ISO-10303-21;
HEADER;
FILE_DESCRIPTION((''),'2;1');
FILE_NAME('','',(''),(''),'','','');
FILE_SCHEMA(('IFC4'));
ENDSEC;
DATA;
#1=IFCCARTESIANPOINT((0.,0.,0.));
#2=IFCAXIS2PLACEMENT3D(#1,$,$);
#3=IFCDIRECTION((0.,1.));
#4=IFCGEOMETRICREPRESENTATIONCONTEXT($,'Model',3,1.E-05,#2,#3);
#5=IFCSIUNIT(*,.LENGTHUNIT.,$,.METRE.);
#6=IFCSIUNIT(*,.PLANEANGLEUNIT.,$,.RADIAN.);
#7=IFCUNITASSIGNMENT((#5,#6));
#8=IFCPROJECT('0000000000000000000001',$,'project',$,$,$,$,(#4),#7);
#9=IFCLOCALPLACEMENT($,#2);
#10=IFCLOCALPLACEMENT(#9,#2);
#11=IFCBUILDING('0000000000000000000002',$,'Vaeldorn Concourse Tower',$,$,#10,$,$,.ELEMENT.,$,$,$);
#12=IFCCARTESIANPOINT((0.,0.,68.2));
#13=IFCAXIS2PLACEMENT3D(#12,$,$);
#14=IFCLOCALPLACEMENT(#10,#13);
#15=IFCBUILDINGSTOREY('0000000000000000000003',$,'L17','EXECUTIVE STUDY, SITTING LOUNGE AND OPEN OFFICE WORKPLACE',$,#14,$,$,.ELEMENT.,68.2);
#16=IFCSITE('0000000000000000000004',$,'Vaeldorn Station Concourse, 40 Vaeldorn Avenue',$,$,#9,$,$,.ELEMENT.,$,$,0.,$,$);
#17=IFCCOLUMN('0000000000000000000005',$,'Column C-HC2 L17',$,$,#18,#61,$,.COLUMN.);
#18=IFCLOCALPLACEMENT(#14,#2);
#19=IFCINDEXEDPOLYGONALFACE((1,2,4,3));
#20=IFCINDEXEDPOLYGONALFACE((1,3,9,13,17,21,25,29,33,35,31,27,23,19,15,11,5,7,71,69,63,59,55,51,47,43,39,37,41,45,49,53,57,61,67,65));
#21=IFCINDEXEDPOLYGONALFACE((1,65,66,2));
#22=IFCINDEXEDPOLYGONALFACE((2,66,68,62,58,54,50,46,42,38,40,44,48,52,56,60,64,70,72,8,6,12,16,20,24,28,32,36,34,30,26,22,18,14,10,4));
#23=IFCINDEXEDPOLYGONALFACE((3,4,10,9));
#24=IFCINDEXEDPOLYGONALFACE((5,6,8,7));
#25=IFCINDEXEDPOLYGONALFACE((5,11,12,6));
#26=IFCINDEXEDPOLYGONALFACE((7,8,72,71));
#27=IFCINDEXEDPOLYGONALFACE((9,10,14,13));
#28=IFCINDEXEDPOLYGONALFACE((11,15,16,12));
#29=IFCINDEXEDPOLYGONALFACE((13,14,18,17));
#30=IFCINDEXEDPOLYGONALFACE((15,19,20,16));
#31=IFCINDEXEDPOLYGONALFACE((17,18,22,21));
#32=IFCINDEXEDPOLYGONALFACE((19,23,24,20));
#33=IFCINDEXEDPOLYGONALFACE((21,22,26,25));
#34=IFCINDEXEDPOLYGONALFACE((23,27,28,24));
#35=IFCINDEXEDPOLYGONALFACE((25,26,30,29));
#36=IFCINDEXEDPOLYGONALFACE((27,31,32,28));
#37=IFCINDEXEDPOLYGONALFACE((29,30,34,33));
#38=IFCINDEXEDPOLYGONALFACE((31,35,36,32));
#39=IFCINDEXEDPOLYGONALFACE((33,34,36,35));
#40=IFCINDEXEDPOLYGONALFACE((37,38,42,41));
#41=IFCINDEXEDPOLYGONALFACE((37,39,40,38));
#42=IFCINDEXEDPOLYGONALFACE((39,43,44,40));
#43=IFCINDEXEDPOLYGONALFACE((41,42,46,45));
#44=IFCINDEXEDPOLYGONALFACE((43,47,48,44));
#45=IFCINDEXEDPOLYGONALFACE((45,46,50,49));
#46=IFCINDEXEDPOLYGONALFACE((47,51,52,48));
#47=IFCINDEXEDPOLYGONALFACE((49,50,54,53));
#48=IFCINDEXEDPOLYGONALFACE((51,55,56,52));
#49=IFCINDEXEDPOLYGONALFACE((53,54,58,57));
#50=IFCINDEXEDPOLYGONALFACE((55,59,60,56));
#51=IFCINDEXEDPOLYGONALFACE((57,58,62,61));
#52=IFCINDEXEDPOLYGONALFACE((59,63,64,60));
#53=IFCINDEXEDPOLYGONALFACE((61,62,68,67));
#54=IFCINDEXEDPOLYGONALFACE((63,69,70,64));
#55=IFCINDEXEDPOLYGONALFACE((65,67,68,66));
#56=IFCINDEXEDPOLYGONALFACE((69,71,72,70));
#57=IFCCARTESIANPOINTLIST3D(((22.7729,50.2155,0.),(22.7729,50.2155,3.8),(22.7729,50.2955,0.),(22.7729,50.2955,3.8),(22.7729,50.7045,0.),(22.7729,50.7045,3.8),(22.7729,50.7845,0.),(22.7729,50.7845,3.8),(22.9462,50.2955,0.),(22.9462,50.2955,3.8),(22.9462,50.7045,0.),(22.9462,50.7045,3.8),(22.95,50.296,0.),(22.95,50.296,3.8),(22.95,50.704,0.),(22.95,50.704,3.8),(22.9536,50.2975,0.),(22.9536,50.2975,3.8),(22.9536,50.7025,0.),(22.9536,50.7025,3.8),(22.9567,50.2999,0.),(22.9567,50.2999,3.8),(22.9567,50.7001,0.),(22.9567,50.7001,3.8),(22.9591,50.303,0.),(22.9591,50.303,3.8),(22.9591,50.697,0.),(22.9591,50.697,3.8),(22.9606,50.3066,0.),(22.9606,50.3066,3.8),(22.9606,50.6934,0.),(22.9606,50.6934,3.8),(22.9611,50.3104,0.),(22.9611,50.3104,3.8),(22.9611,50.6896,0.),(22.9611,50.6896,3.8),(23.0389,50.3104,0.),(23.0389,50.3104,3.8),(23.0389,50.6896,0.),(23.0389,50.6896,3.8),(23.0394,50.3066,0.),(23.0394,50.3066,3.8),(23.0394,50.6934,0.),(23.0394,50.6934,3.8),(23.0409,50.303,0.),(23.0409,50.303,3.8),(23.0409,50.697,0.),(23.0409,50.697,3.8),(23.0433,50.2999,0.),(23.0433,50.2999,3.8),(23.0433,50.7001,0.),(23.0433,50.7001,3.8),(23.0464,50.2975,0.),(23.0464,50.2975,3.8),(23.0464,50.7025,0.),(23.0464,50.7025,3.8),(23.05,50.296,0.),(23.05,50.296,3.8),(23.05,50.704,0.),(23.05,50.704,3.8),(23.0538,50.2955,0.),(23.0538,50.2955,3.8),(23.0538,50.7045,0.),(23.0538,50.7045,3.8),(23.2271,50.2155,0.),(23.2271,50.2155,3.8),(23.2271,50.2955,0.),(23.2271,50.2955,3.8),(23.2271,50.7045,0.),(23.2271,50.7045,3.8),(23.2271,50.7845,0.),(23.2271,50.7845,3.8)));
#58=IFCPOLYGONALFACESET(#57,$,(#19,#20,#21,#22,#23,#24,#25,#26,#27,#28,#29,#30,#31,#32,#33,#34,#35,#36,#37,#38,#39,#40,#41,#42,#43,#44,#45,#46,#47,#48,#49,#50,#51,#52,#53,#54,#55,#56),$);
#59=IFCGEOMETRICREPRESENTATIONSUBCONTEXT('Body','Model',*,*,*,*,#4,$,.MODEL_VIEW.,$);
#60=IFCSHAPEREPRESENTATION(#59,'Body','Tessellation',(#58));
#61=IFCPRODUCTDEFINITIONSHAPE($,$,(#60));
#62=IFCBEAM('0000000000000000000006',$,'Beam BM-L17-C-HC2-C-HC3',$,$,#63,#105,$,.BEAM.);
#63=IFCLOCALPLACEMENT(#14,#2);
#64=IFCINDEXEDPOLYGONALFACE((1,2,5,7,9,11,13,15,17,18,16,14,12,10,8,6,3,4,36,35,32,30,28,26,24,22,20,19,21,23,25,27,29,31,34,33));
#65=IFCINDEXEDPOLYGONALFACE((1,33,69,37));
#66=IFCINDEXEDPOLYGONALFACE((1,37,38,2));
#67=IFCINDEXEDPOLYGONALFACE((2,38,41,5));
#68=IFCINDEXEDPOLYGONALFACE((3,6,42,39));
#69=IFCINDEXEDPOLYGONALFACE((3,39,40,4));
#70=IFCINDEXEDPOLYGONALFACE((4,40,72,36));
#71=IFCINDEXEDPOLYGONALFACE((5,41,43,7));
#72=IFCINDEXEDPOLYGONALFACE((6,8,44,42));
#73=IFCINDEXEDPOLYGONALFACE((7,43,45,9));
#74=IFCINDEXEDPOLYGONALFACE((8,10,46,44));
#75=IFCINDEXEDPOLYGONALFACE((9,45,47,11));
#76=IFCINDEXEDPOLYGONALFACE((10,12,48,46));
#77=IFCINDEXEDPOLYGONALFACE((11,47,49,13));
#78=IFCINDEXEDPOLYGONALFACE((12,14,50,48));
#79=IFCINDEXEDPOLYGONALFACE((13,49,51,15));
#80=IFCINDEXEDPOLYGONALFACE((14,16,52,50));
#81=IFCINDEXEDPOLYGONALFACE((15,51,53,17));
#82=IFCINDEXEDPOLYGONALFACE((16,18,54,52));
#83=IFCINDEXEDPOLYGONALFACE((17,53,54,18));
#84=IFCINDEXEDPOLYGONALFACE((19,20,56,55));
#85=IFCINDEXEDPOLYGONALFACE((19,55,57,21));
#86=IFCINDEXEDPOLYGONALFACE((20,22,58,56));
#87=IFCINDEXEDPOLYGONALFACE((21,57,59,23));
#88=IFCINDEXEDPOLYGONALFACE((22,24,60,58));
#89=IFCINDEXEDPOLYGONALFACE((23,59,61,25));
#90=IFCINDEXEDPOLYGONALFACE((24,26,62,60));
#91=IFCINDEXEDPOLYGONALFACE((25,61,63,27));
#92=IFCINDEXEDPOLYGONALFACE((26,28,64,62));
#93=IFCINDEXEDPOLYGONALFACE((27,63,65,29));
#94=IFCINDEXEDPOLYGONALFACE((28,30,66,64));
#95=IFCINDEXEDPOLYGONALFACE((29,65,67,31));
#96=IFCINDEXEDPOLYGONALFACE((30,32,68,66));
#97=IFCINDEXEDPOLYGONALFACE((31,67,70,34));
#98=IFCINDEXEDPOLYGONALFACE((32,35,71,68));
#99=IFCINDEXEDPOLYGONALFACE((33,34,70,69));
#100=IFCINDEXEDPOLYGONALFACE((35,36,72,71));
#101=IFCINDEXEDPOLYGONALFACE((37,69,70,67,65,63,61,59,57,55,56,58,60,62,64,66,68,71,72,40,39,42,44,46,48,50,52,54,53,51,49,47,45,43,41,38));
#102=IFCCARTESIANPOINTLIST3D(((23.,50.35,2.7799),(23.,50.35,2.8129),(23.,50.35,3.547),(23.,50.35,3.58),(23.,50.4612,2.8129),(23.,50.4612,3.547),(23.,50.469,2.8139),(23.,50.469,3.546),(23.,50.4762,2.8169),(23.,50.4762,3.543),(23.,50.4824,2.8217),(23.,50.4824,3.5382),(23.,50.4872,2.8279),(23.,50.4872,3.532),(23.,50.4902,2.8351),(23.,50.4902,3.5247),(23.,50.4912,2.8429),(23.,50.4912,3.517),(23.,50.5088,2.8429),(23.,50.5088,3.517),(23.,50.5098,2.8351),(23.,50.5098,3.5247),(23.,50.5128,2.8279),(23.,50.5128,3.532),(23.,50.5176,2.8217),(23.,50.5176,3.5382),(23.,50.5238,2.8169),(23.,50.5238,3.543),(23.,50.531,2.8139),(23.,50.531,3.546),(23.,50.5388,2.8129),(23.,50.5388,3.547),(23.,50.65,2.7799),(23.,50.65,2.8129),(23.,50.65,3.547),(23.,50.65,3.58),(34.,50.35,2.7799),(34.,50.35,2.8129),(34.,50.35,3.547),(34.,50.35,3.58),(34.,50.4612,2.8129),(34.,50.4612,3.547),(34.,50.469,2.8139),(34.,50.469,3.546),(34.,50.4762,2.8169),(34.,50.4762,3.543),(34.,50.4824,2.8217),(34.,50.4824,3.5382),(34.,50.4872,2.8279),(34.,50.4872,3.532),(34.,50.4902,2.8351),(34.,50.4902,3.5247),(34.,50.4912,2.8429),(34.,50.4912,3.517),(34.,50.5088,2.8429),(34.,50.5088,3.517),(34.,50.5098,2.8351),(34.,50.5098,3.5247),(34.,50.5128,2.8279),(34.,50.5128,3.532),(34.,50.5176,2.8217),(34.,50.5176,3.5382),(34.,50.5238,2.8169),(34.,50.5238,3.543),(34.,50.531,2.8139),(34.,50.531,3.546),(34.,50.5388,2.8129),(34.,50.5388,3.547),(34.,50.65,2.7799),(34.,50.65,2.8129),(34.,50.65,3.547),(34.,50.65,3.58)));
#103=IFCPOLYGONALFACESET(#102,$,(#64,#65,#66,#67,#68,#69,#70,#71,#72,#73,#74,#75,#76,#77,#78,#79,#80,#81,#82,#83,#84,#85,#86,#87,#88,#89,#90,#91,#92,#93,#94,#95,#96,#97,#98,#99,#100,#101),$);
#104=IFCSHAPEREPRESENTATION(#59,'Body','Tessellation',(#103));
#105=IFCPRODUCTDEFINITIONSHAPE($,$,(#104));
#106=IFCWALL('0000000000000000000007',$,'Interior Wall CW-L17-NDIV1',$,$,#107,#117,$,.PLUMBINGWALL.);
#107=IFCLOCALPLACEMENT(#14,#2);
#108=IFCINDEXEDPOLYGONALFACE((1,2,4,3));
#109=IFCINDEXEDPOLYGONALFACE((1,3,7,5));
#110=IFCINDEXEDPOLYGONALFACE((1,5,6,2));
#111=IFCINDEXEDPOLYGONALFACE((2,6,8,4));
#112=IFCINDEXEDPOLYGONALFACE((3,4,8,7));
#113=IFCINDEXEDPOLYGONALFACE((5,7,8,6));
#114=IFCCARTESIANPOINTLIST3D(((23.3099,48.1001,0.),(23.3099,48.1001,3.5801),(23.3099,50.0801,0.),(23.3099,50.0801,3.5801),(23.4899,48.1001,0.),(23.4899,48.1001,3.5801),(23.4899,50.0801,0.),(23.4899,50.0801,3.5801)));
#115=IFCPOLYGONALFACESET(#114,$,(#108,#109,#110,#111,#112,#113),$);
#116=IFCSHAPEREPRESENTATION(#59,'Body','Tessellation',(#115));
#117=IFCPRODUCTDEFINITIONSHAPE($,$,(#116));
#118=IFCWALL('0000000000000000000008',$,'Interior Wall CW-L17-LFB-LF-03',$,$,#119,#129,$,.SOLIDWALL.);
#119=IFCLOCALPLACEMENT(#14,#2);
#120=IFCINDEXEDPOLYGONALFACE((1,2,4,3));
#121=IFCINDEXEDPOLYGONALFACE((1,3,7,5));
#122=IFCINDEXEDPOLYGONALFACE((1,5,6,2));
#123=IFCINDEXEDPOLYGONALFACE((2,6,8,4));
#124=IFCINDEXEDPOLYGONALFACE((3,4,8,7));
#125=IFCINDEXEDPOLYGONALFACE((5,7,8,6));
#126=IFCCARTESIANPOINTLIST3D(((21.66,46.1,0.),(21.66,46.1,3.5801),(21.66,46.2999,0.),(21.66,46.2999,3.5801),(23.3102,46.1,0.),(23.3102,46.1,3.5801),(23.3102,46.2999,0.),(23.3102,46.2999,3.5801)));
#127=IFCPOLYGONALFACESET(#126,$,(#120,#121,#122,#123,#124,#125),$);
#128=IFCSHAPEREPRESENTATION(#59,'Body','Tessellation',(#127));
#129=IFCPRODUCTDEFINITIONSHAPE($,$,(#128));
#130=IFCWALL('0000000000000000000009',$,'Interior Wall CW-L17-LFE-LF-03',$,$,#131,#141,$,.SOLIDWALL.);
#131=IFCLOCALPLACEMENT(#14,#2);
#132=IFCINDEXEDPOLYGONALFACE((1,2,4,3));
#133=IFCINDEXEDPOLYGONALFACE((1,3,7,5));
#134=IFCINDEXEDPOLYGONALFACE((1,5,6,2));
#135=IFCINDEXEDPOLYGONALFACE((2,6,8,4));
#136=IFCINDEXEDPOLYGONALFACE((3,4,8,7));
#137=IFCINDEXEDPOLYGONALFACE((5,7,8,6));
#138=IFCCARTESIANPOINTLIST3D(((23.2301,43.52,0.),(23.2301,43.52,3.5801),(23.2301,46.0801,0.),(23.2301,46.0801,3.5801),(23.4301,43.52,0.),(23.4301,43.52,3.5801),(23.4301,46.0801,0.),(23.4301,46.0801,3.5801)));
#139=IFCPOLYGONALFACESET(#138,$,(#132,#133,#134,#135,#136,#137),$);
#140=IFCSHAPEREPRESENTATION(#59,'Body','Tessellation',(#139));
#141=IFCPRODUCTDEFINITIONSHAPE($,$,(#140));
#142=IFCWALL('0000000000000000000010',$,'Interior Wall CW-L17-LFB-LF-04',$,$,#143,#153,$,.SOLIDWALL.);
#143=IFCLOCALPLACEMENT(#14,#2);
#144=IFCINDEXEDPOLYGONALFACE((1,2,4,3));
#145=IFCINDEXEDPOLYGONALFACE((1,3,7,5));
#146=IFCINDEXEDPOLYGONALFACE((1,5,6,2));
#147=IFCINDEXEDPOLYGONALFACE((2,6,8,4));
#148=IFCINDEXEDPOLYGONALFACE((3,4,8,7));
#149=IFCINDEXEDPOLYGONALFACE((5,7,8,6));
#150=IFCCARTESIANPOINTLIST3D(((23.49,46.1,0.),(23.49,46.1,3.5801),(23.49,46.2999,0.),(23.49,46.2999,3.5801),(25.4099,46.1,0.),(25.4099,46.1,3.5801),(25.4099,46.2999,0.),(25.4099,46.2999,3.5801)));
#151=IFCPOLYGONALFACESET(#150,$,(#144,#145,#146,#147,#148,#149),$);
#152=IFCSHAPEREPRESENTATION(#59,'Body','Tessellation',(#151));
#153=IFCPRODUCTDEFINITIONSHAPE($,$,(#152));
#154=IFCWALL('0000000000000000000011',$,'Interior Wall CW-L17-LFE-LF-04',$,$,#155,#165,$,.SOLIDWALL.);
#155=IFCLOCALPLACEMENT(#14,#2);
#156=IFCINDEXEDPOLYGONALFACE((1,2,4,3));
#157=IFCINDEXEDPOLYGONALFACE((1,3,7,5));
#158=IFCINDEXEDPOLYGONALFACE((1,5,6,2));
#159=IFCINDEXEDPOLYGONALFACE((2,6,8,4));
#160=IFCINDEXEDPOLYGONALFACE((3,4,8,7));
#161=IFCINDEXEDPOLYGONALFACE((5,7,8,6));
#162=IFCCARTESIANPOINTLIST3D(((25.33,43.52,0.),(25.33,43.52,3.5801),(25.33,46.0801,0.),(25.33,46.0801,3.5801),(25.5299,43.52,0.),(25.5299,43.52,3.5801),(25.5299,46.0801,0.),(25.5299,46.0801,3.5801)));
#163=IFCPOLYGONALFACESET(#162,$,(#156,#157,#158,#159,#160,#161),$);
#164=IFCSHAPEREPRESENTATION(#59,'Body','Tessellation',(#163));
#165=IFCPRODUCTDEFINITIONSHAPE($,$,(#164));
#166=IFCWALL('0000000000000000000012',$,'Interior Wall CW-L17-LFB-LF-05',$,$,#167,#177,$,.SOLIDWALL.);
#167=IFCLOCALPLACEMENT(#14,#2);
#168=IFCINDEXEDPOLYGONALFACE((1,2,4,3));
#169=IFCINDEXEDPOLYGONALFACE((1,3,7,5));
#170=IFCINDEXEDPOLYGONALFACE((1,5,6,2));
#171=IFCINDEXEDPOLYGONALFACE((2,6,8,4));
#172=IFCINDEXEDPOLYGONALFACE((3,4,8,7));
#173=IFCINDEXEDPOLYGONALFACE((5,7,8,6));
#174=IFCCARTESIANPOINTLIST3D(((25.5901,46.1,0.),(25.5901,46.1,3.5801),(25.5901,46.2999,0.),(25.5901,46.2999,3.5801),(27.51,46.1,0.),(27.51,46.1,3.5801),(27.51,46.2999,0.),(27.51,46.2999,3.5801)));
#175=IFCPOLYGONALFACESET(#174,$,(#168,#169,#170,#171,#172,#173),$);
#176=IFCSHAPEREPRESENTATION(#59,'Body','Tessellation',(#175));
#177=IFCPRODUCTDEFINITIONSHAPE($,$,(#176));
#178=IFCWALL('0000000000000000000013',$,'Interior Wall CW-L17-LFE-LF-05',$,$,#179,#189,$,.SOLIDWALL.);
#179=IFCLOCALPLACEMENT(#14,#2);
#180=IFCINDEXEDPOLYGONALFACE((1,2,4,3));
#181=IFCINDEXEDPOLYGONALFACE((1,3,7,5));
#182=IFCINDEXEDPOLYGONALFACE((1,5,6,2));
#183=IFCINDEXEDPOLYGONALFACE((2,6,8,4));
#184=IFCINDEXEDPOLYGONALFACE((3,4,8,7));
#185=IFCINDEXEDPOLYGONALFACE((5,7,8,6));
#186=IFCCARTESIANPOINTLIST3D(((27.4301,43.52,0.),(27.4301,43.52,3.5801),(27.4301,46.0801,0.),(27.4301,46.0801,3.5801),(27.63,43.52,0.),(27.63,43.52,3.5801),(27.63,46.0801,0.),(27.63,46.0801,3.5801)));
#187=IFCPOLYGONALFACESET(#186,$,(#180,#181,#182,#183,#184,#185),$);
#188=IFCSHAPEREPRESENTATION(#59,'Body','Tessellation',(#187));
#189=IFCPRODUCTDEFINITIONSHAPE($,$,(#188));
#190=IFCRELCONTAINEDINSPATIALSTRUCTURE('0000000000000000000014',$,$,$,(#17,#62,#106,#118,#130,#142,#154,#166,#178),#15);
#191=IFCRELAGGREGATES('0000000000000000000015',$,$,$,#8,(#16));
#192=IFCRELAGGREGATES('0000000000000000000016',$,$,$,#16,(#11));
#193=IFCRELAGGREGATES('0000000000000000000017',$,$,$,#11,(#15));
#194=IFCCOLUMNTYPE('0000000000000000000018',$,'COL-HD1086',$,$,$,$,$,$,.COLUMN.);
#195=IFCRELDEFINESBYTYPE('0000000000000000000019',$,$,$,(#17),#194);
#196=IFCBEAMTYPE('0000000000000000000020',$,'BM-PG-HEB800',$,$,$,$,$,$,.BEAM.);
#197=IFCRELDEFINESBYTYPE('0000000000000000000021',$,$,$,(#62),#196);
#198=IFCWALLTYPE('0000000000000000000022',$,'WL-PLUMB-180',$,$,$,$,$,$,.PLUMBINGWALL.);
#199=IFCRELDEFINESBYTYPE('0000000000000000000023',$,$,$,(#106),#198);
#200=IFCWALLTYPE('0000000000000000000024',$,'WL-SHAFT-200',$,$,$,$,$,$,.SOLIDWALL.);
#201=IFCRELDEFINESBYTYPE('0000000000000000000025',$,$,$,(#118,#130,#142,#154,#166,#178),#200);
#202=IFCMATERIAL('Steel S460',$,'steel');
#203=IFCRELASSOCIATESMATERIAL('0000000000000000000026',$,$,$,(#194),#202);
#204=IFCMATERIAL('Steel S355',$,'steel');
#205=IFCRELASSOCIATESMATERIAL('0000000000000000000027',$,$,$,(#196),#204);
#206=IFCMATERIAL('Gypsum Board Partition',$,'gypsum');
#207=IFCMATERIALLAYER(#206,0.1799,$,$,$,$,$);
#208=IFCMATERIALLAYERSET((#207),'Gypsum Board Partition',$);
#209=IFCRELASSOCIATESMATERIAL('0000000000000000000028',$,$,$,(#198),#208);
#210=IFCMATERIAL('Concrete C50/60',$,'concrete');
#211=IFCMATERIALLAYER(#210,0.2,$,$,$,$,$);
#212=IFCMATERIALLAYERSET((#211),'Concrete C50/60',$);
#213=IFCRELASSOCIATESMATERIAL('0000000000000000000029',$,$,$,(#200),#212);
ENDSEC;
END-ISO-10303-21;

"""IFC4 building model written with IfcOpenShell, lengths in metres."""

from ifc_helpers import new_model, si_unit, direction, frame, frame_2d, origin, origin_2d, place, context, subcontext, project, spatial, rectangle, i_section, extrude, source, transform, mapped, material, layer, layer_set, material_profile, profile_set, type_object, element, save


model = new_model("IFC4")

# Units and contexts
model_context = context("Model", 3, precision=1e-05, world=origin(), true_north=direction((0.0, 1.0)))
body_context = subcontext(model_context, "Body", "Model", "MODEL_VIEW")
ifc_project = project(units=[si_unit("LENGTHUNIT", "METRE"), si_unit("PLANEANGLEUNIT", "RADIAN")], contexts=[model_context])

# Site, building, storey
site_placement = place(None, origin())
site = spatial("IfcSite", under=ifc_project, at=site_placement, Name="Vaeldorn Station Concourse, 40 Vaeldorn Avenue", CompositionType="ELEMENT", RefElevation=0.0)
building_placement = place(site_placement, origin())
building = spatial("IfcBuilding", under=site, at=building_placement, Name="Vaeldorn Concourse Tower", CompositionType="ELEMENT")
storey_placement = place(building_placement, frame((0.0, 0.0, 68.2)))
storey = spatial("IfcBuildingStorey", under=building, at=storey_placement, Name="L17", Description="EXECUTIVE STUDY, SITTING LOUNGE AND OPEN OFFICE WORKPLACE", CompositionType="ELEMENT", Elevation=68.2)

# Column
ifc_material_1 = material(Name="Steel S460", Category="steel")
ifc_material_profile_1 = material_profile(ifc_material_1, i_section(OverallWidth=0.4541, OverallDepth=0.5691, WebThickness=0.0779, FlangeThickness=0.0801, FilletRadius=0.0149, at=origin_2d()), Name="HD 400x1086")
ifc_profile_set_1 = profile_set([ifc_material_profile_1], Name="Steel S460")
column_type = type_object("IfcColumnType", Name="COL-HD1086", PredefinedType="COLUMN", material=ifc_profile_set_1)
shared_shape_1 = source(origin(), body_context, "Body", "SweptSolid", [
    extrude(i_section(OverallWidth=0.4541, OverallDepth=0.5691, WebThickness=0.0779, FlangeThickness=0.0801, FilletRadius=0.0149, at=origin_2d()), origin(), (0.0, 0.0, 1.0), 3.8),
])
column_placement = place(storey_placement, frame((23.0, 50.5, 0.0), z_axis=(0.0, 0.0, 1.0), x_axis=(1.0, 0.0, 0.0)))
element("IfcColumn", 1, at=column_placement, inside=storey, type_object=column_type, Name="Column C-HC2 L17", PredefinedType="COLUMN", context=body_context, shape_type="MappedRepresentation", body=[
    mapped(shared_shape_1, transform((0.0, 0.0, 0.0), scale=1.0)),
])

# Beam
ifc_material_2 = material(Name="Steel S355", Category="steel")
ifc_material_profile_2 = material_profile(ifc_material_2, i_section(OverallWidth=0.3, OverallDepth=0.8, WebThickness=0.0176, FlangeThickness=0.033, FilletRadius=0.03, at=origin_2d()), Name="HEB 800")
ifc_profile_set_2 = profile_set([ifc_material_profile_2], Name="Steel S355")
beam_type = type_object("IfcBeamType", Name="BM-PG-HEB800", PredefinedType="BEAM", material=ifc_profile_set_2)
shared_shape_2 = source(origin(), body_context, "Body", "SweptSolid", [
    extrude(i_section(OverallWidth=0.3, OverallDepth=0.8, WebThickness=0.0176, FlangeThickness=0.033, FilletRadius=0.03, at=origin_2d()), origin(), (0.0, 0.0, 1.0), 11.0),
])
beam_placement = place(storey_placement, frame((23.0, 50.5, 3.1799), z_axis=(1.0, 0.0, 0.0), x_axis=(0.0, 1.0, 0.0)))
element("IfcBeam", 2, at=beam_placement, inside=storey, type_object=beam_type, Name="Beam BM-L17-C-HC2-C-HC3", PredefinedType="BEAM", context=body_context, shape_type="MappedRepresentation", body=[
    mapped(shared_shape_2, transform((0.0, 0.0, 0.0), scale=1.0)),
])

# Walls
ifc_material_3 = material(Name="Gypsum Board Partition", Category="gypsum")
ifc_layer_1 = layer(ifc_material_3, 0.1799)
ifc_layer_set_1 = layer_set([ifc_layer_1], Name="Gypsum Board Partition")
wall_type_1 = type_object("IfcWallType", Name="WL-PLUMB-180", PredefinedType="PLUMBINGWALL", material=ifc_layer_set_1)
wall_1_placement = place(storey_placement, frame((23.3999, 48.1001, 0.0), z_axis=(0.0, 0.0, 1.0), x_axis=(0.0, 1.0, 0.0)))
element("IfcWall", 3, at=wall_1_placement, inside=storey, type_object=wall_type_1, Name="Interior Wall CW-L17-NDIV1", PredefinedType="PLUMBINGWALL", context=body_context, shape_type="SweptSolid", body=[
    extrude(rectangle(XDim=1.98, YDim=0.1799, at=frame_2d((0.99, 0.0))), origin(), (0.0, 0.0, 1.0), 3.5801),
])
ifc_material_4 = material(Name="Concrete C50/60", Category="concrete")
ifc_layer_2 = layer(ifc_material_4, 0.2)
ifc_layer_set_2 = layer_set([ifc_layer_2], Name="Concrete C50/60")
wall_type_2 = type_object("IfcWallType", Name="WL-SHAFT-200", PredefinedType="SOLIDWALL", material=ifc_layer_set_2)
wall_2_placement = place(storey_placement, frame((21.6599, 46.2, 0.0), z_axis=(0.0, 0.0, 1.0), x_axis=(1.0, 0.0, 0.0)))
element("IfcWall", 4, at=wall_2_placement, inside=storey, type_object=wall_type_2, Name="Interior Wall CW-L17-LFB-LF-03", PredefinedType="SOLIDWALL", context=body_context, shape_type="SweptSolid", body=[
    extrude(rectangle(XDim=1.6501, YDim=0.2, at=frame_2d((0.8252, 0.0))), origin(), (0.0, 0.0, 1.0), 3.5801),
])
wall_3_placement = place(storey_placement, frame((23.3301, 43.52, 0.0), z_axis=(0.0, 0.0, 1.0), x_axis=(0.0, 1.0, 0.0)))
element("IfcWall", 5, at=wall_3_placement, inside=storey, type_object=wall_type_2, Name="Interior Wall CW-L17-LFE-LF-03", PredefinedType="SOLIDWALL", context=body_context, shape_type="SweptSolid", body=[
    extrude(rectangle(XDim=2.5601, YDim=0.2, at=frame_2d((1.28, 0.0))), origin(), (0.0, 0.0, 1.0), 3.5801),
])

# Walls
wall_4_placement = place(storey_placement, frame((23.49, 46.2, 0.0), z_axis=(0.0, 0.0, 1.0), x_axis=(1.0, 0.0, 0.0)))
element("IfcWall", 6, at=wall_4_placement, inside=storey, type_object=wall_type_2, Name="Interior Wall CW-L17-LFB-LF-04", PredefinedType="SOLIDWALL", context=body_context, shape_type="SweptSolid", body=[
    extrude(rectangle(XDim=1.9199, YDim=0.2, at=frame_2d((0.96, 0.0))), origin(), (0.0, 0.0, 1.0), 3.5801),
])
wall_5_placement = place(storey_placement, frame((25.4299, 43.52, 0.0), z_axis=(0.0, 0.0, 1.0), x_axis=(0.0, 1.0, 0.0)))
element("IfcWall", 7, at=wall_5_placement, inside=storey, type_object=wall_type_2, Name="Interior Wall CW-L17-LFE-LF-04", PredefinedType="SOLIDWALL", context=body_context, shape_type="SweptSolid", body=[
    extrude(rectangle(XDim=2.5601, YDim=0.2, at=frame_2d((1.28, 0.0))), origin(), (0.0, 0.0, 1.0), 3.5801),
])

# Walls
wall_6_placement = place(storey_placement, frame((25.5901, 46.2, 0.0), z_axis=(0.0, 0.0, 1.0), x_axis=(1.0, 0.0, 0.0)))
element("IfcWall", 8, at=wall_6_placement, inside=storey, type_object=wall_type_2, Name="Interior Wall CW-L17-LFB-LF-05", PredefinedType="SOLIDWALL", context=body_context, shape_type="SweptSolid", body=[
    extrude(rectangle(XDim=1.9199, YDim=0.2, at=frame_2d((0.96, 0.0))), origin(), (0.0, 0.0, 1.0), 3.5801),
])
wall_7_placement = place(storey_placement, frame((27.53, 43.52, 0.0), z_axis=(0.0, 0.0, 1.0), x_axis=(0.0, 1.0, 0.0)))
element("IfcWall", 9, at=wall_7_placement, inside=storey, type_object=wall_type_2, Name="Interior Wall CW-L17-LFE-LF-05", PredefinedType="SOLIDWALL", context=body_context, shape_type="SweptSolid", body=[
    extrude(rectangle(XDim=2.5601, YDim=0.2, at=frame_2d((1.28, 0.0))), origin(), (0.0, 0.0, 1.0), 3.5801),
])

save(model, "model.ifc")
